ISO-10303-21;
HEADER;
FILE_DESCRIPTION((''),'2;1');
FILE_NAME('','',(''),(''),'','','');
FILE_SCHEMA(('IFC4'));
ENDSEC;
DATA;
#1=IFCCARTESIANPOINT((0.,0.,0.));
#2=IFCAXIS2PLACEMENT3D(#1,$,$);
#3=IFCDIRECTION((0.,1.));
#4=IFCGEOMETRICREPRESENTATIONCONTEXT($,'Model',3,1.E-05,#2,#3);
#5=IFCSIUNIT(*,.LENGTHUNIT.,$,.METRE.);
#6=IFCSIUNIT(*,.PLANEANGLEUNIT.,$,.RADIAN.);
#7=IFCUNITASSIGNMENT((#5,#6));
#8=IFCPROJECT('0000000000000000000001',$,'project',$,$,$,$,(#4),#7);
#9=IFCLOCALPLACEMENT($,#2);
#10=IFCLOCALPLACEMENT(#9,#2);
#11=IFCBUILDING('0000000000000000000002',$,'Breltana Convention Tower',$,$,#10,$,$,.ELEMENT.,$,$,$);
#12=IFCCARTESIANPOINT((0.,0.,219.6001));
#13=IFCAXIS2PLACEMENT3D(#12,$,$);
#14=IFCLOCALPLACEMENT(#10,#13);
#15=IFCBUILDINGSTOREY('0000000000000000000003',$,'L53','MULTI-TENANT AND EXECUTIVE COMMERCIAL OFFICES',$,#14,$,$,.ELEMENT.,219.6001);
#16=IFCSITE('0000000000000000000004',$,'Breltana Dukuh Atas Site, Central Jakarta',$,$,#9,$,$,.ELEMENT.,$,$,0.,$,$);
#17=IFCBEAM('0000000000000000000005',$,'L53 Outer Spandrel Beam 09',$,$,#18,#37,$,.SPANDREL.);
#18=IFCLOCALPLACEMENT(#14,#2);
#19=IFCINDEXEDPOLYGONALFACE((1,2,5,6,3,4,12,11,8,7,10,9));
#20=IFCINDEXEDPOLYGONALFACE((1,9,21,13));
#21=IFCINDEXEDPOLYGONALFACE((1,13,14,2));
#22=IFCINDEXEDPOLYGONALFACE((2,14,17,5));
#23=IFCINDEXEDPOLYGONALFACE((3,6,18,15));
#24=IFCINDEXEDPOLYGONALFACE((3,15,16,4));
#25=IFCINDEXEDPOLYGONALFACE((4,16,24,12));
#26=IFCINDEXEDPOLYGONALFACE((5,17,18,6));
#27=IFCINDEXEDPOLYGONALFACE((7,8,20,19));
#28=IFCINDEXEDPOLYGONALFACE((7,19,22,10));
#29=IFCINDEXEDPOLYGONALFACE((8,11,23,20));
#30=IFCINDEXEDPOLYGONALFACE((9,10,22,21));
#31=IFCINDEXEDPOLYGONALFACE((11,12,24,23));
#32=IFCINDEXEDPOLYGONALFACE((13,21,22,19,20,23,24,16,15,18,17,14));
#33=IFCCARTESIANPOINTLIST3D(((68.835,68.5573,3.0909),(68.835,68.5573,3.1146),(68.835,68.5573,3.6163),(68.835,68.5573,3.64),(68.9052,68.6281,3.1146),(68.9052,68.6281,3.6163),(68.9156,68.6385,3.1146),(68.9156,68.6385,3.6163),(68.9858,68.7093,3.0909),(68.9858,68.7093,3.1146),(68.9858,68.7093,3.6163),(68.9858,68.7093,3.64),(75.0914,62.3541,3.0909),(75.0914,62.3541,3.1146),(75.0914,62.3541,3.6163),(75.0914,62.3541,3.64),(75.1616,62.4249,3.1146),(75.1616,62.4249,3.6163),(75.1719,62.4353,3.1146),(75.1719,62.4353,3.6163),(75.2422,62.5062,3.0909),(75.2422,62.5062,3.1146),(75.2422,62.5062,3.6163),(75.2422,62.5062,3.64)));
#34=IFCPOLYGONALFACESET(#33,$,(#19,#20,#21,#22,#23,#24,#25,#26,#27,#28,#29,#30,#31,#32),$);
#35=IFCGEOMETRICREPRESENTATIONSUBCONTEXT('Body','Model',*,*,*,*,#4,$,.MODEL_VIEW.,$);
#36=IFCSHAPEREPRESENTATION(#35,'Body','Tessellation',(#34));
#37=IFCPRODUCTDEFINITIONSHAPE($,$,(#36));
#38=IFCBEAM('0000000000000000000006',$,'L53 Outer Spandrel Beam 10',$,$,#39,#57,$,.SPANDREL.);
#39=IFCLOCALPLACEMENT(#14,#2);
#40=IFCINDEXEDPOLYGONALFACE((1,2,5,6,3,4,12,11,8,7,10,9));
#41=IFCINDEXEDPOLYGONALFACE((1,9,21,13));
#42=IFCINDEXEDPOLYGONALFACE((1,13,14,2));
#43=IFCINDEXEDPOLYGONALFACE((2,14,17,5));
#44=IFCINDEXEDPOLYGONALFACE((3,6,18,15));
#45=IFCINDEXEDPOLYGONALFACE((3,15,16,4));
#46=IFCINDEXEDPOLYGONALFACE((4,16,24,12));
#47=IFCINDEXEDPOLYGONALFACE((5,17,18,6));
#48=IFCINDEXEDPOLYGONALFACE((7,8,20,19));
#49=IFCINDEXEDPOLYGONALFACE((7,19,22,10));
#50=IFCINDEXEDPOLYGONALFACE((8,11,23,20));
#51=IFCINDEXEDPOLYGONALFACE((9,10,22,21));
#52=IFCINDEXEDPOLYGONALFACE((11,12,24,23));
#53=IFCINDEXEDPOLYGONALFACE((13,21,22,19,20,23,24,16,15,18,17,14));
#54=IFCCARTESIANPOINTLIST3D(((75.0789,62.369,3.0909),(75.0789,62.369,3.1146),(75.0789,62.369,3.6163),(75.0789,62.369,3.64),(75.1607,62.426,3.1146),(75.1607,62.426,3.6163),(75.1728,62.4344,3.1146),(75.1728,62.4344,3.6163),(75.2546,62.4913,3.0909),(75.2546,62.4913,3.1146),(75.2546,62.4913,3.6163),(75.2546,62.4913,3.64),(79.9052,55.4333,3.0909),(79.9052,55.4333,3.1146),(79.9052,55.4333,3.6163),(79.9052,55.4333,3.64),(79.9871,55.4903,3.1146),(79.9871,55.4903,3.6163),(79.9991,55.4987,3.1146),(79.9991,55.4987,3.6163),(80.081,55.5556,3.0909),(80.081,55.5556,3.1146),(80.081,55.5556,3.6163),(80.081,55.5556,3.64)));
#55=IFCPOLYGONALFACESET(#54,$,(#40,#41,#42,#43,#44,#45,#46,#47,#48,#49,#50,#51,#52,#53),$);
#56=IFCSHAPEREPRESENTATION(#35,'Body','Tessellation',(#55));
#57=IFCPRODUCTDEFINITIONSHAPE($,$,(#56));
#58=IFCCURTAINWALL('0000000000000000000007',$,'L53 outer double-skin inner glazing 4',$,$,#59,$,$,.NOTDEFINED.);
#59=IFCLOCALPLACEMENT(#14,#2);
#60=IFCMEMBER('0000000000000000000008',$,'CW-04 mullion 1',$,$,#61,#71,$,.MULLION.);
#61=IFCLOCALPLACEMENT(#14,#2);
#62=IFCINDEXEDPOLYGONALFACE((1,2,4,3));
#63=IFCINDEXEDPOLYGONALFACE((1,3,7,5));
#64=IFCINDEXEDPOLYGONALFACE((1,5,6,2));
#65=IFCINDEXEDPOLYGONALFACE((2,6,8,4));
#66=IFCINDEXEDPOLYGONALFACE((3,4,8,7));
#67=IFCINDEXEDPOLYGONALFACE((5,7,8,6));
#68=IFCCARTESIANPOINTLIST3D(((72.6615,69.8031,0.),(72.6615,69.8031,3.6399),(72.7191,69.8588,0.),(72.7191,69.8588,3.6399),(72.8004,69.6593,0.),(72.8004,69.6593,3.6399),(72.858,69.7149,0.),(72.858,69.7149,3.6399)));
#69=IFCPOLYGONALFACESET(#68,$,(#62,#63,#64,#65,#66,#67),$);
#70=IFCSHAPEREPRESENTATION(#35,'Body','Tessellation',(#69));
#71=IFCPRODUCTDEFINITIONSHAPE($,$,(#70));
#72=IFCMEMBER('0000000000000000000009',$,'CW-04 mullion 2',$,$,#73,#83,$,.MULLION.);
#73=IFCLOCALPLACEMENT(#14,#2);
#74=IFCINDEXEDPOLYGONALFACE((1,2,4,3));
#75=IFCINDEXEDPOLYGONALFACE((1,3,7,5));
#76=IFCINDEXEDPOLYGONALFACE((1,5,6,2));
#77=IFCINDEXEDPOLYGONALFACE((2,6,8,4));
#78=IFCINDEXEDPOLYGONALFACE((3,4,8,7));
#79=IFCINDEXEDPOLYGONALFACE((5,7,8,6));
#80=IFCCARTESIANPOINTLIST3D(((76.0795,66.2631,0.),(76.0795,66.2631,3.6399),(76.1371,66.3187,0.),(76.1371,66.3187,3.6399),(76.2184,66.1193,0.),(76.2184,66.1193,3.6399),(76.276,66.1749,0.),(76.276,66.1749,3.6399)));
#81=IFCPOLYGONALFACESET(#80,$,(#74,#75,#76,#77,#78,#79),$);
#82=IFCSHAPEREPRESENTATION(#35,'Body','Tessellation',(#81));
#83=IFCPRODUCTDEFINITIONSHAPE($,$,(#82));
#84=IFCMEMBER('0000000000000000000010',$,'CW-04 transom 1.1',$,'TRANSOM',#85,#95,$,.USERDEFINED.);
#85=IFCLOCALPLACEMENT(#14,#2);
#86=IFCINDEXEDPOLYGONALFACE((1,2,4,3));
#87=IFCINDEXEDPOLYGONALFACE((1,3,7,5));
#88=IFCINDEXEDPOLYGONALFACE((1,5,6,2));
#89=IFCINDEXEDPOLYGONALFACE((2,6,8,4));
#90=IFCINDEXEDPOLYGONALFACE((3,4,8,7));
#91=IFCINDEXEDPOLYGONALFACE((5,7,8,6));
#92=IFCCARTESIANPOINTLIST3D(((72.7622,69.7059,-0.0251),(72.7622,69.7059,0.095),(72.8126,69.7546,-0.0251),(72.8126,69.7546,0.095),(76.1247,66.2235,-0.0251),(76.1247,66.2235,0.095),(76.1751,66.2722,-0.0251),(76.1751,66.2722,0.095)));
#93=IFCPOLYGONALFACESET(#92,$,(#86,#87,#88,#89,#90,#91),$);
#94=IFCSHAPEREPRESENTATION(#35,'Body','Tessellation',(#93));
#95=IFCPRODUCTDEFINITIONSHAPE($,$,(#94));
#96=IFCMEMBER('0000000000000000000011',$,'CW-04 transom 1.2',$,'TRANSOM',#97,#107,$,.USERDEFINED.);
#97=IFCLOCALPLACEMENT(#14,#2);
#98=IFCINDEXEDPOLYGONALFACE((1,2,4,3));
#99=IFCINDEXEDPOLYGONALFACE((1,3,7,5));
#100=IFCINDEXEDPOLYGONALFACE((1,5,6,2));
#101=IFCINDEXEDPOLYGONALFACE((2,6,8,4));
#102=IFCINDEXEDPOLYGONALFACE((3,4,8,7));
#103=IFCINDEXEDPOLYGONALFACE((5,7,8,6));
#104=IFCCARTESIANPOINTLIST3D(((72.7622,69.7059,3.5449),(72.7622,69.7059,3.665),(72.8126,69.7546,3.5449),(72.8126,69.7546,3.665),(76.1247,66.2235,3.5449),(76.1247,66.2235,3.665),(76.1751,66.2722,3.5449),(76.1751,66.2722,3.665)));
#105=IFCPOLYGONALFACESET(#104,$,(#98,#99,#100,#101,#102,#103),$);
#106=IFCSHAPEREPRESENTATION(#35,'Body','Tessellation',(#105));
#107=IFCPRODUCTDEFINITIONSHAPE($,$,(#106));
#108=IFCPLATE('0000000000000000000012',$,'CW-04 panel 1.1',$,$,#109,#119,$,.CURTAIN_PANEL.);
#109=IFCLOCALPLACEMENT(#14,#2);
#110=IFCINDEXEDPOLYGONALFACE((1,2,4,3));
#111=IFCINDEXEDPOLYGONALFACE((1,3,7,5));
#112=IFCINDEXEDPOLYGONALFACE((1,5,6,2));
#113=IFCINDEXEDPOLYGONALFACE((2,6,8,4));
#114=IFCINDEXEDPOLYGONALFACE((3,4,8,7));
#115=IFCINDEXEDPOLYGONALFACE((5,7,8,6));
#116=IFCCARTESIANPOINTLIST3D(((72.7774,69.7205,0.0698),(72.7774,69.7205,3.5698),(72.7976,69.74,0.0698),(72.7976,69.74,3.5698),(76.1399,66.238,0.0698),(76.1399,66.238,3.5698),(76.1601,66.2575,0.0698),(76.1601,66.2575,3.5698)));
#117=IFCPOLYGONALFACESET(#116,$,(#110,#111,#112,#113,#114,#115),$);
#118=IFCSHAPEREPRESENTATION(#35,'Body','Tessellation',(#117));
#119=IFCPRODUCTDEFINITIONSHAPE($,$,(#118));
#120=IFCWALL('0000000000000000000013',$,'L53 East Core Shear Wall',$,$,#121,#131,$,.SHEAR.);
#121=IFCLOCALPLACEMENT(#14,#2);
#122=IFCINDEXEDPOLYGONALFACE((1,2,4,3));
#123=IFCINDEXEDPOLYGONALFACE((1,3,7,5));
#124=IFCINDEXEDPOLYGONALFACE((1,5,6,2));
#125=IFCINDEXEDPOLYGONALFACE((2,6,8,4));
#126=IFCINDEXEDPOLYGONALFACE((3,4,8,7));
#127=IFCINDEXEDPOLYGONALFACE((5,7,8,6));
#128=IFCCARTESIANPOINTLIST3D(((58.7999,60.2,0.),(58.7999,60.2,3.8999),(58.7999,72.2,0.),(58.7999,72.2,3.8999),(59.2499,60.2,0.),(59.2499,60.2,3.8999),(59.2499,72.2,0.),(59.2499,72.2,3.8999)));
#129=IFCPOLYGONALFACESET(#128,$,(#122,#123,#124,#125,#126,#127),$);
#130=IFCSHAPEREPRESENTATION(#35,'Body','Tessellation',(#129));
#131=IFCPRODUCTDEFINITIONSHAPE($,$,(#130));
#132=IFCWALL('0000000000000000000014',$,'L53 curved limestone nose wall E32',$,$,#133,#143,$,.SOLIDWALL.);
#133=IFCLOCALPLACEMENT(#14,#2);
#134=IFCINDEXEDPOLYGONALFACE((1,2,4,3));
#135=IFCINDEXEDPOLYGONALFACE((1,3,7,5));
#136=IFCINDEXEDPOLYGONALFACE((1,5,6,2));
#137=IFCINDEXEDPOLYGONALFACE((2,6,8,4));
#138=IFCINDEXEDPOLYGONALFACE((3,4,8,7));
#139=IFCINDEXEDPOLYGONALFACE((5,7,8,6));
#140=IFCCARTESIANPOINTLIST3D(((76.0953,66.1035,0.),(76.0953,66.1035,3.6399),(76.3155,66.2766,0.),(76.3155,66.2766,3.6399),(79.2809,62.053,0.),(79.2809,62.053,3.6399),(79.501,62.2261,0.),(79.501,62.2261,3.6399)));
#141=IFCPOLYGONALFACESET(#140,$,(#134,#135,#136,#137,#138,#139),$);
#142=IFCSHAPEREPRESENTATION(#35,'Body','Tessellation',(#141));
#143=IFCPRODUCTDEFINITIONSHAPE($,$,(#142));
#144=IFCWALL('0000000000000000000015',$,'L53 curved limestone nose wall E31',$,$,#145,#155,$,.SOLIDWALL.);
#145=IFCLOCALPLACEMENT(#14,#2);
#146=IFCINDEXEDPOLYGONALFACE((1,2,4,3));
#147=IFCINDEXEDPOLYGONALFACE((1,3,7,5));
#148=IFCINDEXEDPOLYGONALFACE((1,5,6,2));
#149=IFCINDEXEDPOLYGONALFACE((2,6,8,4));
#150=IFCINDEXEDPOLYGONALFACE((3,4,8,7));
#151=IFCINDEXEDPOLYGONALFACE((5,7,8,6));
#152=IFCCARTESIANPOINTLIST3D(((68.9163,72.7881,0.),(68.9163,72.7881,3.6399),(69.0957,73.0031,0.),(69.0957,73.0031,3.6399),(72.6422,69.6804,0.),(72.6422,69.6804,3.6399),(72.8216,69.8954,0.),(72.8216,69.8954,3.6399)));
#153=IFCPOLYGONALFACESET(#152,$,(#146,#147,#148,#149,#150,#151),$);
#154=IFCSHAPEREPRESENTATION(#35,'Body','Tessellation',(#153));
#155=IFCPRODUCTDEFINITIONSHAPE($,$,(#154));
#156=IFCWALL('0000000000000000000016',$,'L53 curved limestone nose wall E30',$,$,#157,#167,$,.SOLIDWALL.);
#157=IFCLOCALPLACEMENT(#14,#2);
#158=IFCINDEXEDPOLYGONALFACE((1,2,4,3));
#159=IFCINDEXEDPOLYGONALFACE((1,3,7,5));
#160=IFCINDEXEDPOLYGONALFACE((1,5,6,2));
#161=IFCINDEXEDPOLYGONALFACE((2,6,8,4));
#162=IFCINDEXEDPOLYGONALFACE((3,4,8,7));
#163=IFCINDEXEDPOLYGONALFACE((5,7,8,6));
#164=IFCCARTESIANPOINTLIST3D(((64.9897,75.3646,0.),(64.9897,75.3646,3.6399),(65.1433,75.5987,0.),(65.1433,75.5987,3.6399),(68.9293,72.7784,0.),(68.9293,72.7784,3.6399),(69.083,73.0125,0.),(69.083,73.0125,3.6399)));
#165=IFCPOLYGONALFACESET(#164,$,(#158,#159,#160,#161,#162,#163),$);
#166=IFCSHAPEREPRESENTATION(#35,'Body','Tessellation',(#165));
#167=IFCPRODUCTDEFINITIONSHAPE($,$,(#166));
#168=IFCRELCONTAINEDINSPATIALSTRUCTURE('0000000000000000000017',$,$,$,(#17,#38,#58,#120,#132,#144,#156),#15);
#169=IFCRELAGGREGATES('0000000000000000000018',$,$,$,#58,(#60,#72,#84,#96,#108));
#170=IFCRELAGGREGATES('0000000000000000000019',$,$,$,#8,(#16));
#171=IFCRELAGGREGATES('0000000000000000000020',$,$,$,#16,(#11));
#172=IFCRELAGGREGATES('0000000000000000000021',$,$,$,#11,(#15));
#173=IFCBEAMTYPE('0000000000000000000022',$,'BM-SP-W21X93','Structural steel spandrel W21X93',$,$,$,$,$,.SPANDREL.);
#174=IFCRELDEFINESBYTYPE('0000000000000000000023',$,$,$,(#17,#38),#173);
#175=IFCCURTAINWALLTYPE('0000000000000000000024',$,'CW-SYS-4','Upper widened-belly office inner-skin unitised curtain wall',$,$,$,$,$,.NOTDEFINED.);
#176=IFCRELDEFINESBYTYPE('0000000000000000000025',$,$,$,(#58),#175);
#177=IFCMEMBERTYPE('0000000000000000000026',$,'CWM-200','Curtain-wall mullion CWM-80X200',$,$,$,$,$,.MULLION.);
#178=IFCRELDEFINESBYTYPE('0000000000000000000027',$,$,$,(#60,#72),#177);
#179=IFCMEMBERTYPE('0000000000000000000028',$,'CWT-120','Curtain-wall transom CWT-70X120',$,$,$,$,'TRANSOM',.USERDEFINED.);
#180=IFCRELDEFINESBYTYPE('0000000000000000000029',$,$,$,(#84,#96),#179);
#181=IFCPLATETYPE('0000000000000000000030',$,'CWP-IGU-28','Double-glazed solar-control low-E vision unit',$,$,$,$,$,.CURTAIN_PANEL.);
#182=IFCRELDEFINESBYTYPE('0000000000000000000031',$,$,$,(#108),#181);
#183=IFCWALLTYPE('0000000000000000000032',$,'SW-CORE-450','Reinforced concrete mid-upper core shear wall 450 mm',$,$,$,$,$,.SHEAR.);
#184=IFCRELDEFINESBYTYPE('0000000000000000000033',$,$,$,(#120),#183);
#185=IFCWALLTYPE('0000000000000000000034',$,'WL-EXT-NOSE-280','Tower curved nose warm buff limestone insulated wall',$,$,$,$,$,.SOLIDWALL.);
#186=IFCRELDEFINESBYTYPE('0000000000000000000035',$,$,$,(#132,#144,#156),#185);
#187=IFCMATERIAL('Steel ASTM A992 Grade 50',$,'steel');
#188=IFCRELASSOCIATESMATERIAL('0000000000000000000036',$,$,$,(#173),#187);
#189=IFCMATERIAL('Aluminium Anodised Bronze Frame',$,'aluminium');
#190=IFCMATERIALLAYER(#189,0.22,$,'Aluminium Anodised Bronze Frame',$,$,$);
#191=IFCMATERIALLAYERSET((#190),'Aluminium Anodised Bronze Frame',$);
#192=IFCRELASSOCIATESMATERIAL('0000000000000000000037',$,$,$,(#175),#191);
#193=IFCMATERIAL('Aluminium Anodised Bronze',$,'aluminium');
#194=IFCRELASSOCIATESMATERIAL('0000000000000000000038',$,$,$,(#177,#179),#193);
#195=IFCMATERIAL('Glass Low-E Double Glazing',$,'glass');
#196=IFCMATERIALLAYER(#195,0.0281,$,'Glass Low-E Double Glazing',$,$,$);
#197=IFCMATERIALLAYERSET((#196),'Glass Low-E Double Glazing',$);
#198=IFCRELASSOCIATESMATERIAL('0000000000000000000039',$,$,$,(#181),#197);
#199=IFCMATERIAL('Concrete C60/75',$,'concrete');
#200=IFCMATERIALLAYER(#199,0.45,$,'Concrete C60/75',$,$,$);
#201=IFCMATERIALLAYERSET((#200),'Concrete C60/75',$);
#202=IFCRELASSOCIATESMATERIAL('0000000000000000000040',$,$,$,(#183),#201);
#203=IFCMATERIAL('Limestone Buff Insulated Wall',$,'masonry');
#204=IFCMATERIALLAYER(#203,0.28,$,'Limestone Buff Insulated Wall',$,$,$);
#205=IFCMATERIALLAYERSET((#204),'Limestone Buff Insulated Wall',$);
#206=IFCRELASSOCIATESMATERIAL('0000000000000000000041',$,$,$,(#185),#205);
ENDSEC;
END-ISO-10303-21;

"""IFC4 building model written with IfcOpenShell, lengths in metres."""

from ifc_helpers import new_model, si_unit, direction, frame, frame_2d, origin, origin_2d, place, context, subcontext, project, spatial, rectangle, i_section, extrude, source, transform, mapped, material, layer, layer_set, material_profile, profile_set, type_object, element, aggregate, save


model = new_model("IFC4")

# Units and contexts
model_context = context("Model", 3, precision=1e-05, world=origin(), true_north=direction((0.0, 1.0)))
body_context = subcontext(model_context, "Body", "Model", "MODEL_VIEW")
ifc_project = project(units=[si_unit("LENGTHUNIT", "METRE"), si_unit("PLANEANGLEUNIT", "RADIAN")], contexts=[model_context])

# Site, building, storey
site_placement = place(None, origin())
site = spatial("IfcSite", under=ifc_project, at=site_placement, Name="Breltana Dukuh Atas Site, Central Jakarta", CompositionType="ELEMENT", RefElevation=0.0)
building_placement = place(site_placement, origin())
building = spatial("IfcBuilding", under=site, at=building_placement, Name="Breltana Convention Tower", CompositionType="ELEMENT")
storey_placement = place(building_placement, frame((0.0, 0.0, 219.6001)))
storey = spatial("IfcBuildingStorey", under=building, at=storey_placement, Name="L53", Description="MULTI-TENANT AND EXECUTIVE COMMERCIAL OFFICES", CompositionType="ELEMENT", Elevation=219.6001)

# Beams
ifc_material_1 = material(Name="Steel ASTM A992 Grade 50", Category="steel")
ifc_material_profile_1 = material_profile(ifc_material_1, i_section(OverallWidth=0.2141, OverallDepth=0.5491, WebThickness=0.0146, FlangeThickness=0.0237, at=origin_2d()), Name="W21X93")
ifc_profile_set_1 = profile_set([ifc_material_profile_1], Name="Steel ASTM A992 Grade 50")
beam_type_1 = type_object("IfcBeamType", Name="BM-SP-W21X93", Description="Structural steel spandrel W21X93", PredefinedType="SPANDREL", material=ifc_profile_set_1)
shared_shape_1 = source(origin(), body_context, "Body", "SweptSolid", [
    extrude(i_section(OverallWidth=0.2141, OverallDepth=0.5491, WebThickness=0.0146, FlangeThickness=0.0237, at=origin_2d()), origin(), (0.0, 0.0, 1.0), 8.8103),
])
beam_1_placement = place(storey_placement, frame((68.9104, 68.6333, 3.3655), z_axis=(0.710121, -0.70408, 0.0), x_axis=(0.70408, 0.710121, 0.0)))
element("IfcBeam", 1, at=beam_1_placement, inside=storey, type_object=beam_type_1, Name="L53 Outer Spandrel Beam 09", PredefinedType="SPANDREL", context=body_context, shape_type="MappedRepresentation", body=[
    mapped(shared_shape_1, transform((0.0, 0.0, 0.0), scale=1.0)),
])
shared_shape_2 = source(origin(), body_context, "Body", "SweptSolid", [
    extrude(i_section(OverallWidth=0.2141, OverallDepth=0.5491, WebThickness=0.0146, FlangeThickness=0.0237, at=origin_2d()), origin(), (0.0, 0.0, 1.0), 8.4497),
])
beam_2_placement = place(storey_placement, frame((75.1667, 62.4302, 3.3655), z_axis=(0.571186, -0.820821, 0.0), x_axis=(0.820821, 0.571186, 0.0)))
element("IfcBeam", 2, at=beam_2_placement, inside=storey, type_object=beam_type_1, Name="L53 Outer Spandrel Beam 10", PredefinedType="SPANDREL", context=body_context, shape_type="MappedRepresentation", body=[
    mapped(shared_shape_2, transform((0.0, 0.0, 0.0), scale=1.0)),
])

# Curtain wall, members, plate
ifc_material_2 = material(Name="Aluminium Anodised Bronze Frame", Category="aluminium")
ifc_layer_1 = layer(ifc_material_2, 0.22, Name="Aluminium Anodised Bronze Frame")
ifc_layer_set_1 = layer_set([ifc_layer_1], Name="Aluminium Anodised Bronze Frame")
curtain_wall_type = type_object("IfcCurtainWallType", Name="CW-SYS-4", Description="Upper widened-belly office inner-skin unitised curtain wall", PredefinedType="NOTDEFINED", material=ifc_layer_set_1)
curtain_wall_placement = place(storey_placement, origin())
curtain_wall = element("IfcCurtainWall", 3, at=curtain_wall_placement, inside=storey, type_object=curtain_wall_type, Name="L53 outer double-skin inner glazing 4", PredefinedType="NOTDEFINED")
ifc_material_3 = material(Name="Aluminium Anodised Bronze", Category="aluminium")
ifc_material_profile_2 = material_profile(ifc_material_3, rectangle(XDim=0.0801, YDim=0.2, at=origin_2d()), Name="CWM-80X200")
ifc_profile_set_2 = profile_set([ifc_material_profile_2], Name="Aluminium Anodised Bronze")
member_type_1 = type_object("IfcMemberType", Name="CWM-200", Description="Curtain-wall mullion CWM-80X200", PredefinedType="MULLION", material=ifc_profile_set_2)
shared_shape_3 = source(origin(), body_context, "Body", "SweptSolid", [
    extrude(rectangle(XDim=0.0801, YDim=0.2, at=origin_2d()), origin(), (0.0, 0.0, 1.0), 3.6399),
])
member_1_placement = place(storey_placement, frame((72.7598, 69.759, 0.0), z_axis=(0.0, 0.0, 1.0), x_axis=(0.719396, 0.6946, 0.0)))
member_1 = element("IfcMember", 4, at=member_1_placement, type_object=member_type_1, Name="CW-04 mullion 1", PredefinedType="MULLION", context=body_context, shape_type="MappedRepresentation", body=[
    mapped(shared_shape_3, transform((0.0, 0.0, 0.0), scale=1.0)),
])
member_2_placement = place(storey_placement, frame((76.1777, 66.219, 0.0), z_axis=(0.0, 0.0, 1.0), x_axis=(0.719396, 0.6946, 0.0)))
member_2 = element("IfcMember", 5, at=member_2_placement, type_object=member_type_1, Name="CW-04 mullion 2", PredefinedType="MULLION", context=body_context, shape_type="MappedRepresentation", body=[
    mapped(shared_shape_3, transform((0.0, 0.0, 0.0), scale=1.0)),
])
ifc_material_profile_3 = material_profile(ifc_material_3, rectangle(XDim=0.0701, YDim=0.1201, at=origin_2d()), Name="CWT-70X120")
ifc_profile_set_3 = profile_set([ifc_material_profile_3], Name="Aluminium Anodised Bronze")
member_type_2 = type_object("IfcMemberType", Name="CWT-120", Description="Curtain-wall transom CWT-70X120", ElementType="TRANSOM", PredefinedType="USERDEFINED", material=ifc_profile_set_3)
shared_shape_4 = source(origin(), body_context, "Body", "SweptSolid", [
    extrude(rectangle(XDim=0.0701, YDim=0.1201, at=origin_2d()), origin(), (0.0, 0.0, 1.0), 4.8408),
])
member_3_placement = place(storey_placement, frame((72.7874, 69.7302, 0.0349), z_axis=(0.694617, -0.71938, 0.0), x_axis=(0.71938, 0.694617, 0.0)))
member_3 = element("IfcMember", 6, at=member_3_placement, type_object=member_type_2, Name="CW-04 transom 1.1", ObjectType="TRANSOM", PredefinedType="USERDEFINED", context=body_context, shape_type="MappedRepresentation", body=[
    mapped(shared_shape_4, transform((0.0, 0.0, 0.0), scale=1.0)),
])
member_4_placement = place(storey_placement, frame((72.7874, 69.7302, 3.605), z_axis=(0.694617, -0.71938, 0.0), x_axis=(0.71938, 0.694617, 0.0)))
member_4 = element("IfcMember", 7, at=member_4_placement, type_object=member_type_2, Name="CW-04 transom 1.2", ObjectType="TRANSOM", PredefinedType="USERDEFINED", context=body_context, shape_type="MappedRepresentation", body=[
    mapped(shared_shape_4, transform((0.0, 0.0, 0.0), scale=1.0)),
])
ifc_material_4 = material(Name="Glass Low-E Double Glazing", Category="glass")
ifc_layer_2 = layer(ifc_material_4, 0.0281, Name="Glass Low-E Double Glazing")
ifc_layer_set_2 = layer_set([ifc_layer_2], Name="Glass Low-E Double Glazing")
plate_type = type_object("IfcPlateType", Name="CWP-IGU-28", Description="Double-glazed solar-control low-E vision unit", PredefinedType="CURTAIN_PANEL", material=ifc_layer_set_2)
shared_shape_5 = source(origin(), body_context, "Body", "SweptSolid", [
    extrude(rectangle(XDim=4.8408, YDim=0.0281, at=origin_2d()), origin(), (0.0, 0.0, 1.0), 3.5),
])
plate_placement = place(storey_placement, frame((74.4688, 67.989, 0.0698), z_axis=(0.0, 0.0, 1.0), x_axis=(0.6946, -0.719396, 0.0)))
plate = element("IfcPlate", 8, at=plate_placement, type_object=plate_type, Name="CW-04 panel 1.1", PredefinedType="CURTAIN_PANEL", context=body_context, shape_type="MappedRepresentation", body=[
    mapped(shared_shape_5, transform((0.0, 0.0, 0.0), scale=1.0)),
])
aggregate(curtain_wall, [member_1, member_2, member_3, member_4, plate])

# Walls
ifc_material_5 = material(Name="Concrete C60/75", Category="concrete")
ifc_layer_3 = layer(ifc_material_5, 0.45, Name="Concrete C60/75")
ifc_layer_set_3 = layer_set([ifc_layer_3], Name="Concrete C60/75")
wall_type_1 = type_object("IfcWallType", Name="SW-CORE-450", Description="Reinforced concrete mid-upper core shear wall 450 mm", PredefinedType="SHEAR", material=ifc_layer_set_3)
shared_shape_6 = source(origin(), body_context, "Body", "SweptSolid", [
    extrude(rectangle(XDim=12.0, YDim=0.45, at=frame_2d((6.0, 0.0))), origin(), (0.0, 0.0, 1.0), 3.8999),
])
wall_1_placement = place(storey_placement, frame((59.0249, 60.2, 0.0), z_axis=(0.0, 0.0, 1.0), x_axis=(0.0, 1.0, 0.0)))
element("IfcWall", 9, at=wall_1_placement, inside=storey, type_object=wall_type_1, Name="L53 East Core Shear Wall", PredefinedType="SHEAR", context=body_context, shape_type="MappedRepresentation", body=[
    mapped(shared_shape_6, transform((0.0, 0.0, 0.0), scale=1.0)),
])
ifc_material_6 = material(Name="Limestone Buff Insulated Wall", Category="masonry")
ifc_layer_4 = layer(ifc_material_6, 0.28, Name="Limestone Buff Insulated Wall")
ifc_layer_set_4 = layer_set([ifc_layer_4], Name="Limestone Buff Insulated Wall")
wall_type_2 = type_object("IfcWallType", Name="WL-EXT-NOSE-280", Description="Tower curved nose warm buff limestone insulated wall", PredefinedType="SOLIDWALL", material=ifc_layer_set_4)
shared_shape_7 = source(origin(), body_context, "Body", "SweptSolid", [
    extrude(rectangle(XDim=5.1531, YDim=0.28, at=frame_2d((2.5767, 0.0))), origin(), (0.0, 0.0, 1.0), 3.6399),
])
wall_2_placement = place(storey_placement, frame((76.2053, 66.1902, 0.0), z_axis=(0.0, 0.0, 1.0), x_axis=(0.618179, -0.786037, 0.0)))
element("IfcWall", 10, at=wall_2_placement, inside=storey, type_object=wall_type_2, Name="L53 curved limestone nose wall E32", PredefinedType="SOLIDWALL", context=body_context, shape_type="MappedRepresentation", body=[
    mapped(shared_shape_7, transform((0.0, 0.0, 0.0), scale=1.0)),
])
shared_shape_8 = source(origin(), body_context, "Body", "SweptSolid", [
    extrude(rectangle(XDim=4.8518, YDim=0.28, at=frame_2d((2.4258, 0.0))), origin(), (0.0, 0.0, 1.0), 3.6399),
])
wall_3_placement = place(storey_placement, frame((69.0061, 72.8955, 0.0), z_axis=(0.0, 0.0, 1.0), x_axis=(0.767937, -0.640526, 0.0)))
element("IfcWall", 11, at=wall_3_placement, inside=storey, type_object=wall_type_2, Name="L53 curved limestone nose wall E31", PredefinedType="SOLIDWALL", context=body_context, shape_type="MappedRepresentation", body=[
    mapped(shared_shape_8, transform((0.0, 0.0, 0.0), scale=1.0)),
])
shared_shape_9 = source(origin(), body_context, "Body", "SweptSolid", [
    extrude(rectangle(XDim=4.7126, YDim=0.28, at=frame_2d((2.3564, 0.0))), origin(), (0.0, 0.0, 1.0), 3.6399),
])
wall_4_placement = place(storey_placement, frame((65.0664, 75.4817, 0.0), z_axis=(0.0, 0.0, 1.0), x_axis=(0.835974, -0.548768, 0.0)))
element("IfcWall", 12, at=wall_4_placement, inside=storey, type_object=wall_type_2, Name="L53 curved limestone nose wall E30", PredefinedType="SOLIDWALL", context=body_context, shape_type="MappedRepresentation", body=[
    mapped(shared_shape_9, transform((0.0, 0.0, 0.0), scale=1.0)),
])

save(model, "model.ifc")
